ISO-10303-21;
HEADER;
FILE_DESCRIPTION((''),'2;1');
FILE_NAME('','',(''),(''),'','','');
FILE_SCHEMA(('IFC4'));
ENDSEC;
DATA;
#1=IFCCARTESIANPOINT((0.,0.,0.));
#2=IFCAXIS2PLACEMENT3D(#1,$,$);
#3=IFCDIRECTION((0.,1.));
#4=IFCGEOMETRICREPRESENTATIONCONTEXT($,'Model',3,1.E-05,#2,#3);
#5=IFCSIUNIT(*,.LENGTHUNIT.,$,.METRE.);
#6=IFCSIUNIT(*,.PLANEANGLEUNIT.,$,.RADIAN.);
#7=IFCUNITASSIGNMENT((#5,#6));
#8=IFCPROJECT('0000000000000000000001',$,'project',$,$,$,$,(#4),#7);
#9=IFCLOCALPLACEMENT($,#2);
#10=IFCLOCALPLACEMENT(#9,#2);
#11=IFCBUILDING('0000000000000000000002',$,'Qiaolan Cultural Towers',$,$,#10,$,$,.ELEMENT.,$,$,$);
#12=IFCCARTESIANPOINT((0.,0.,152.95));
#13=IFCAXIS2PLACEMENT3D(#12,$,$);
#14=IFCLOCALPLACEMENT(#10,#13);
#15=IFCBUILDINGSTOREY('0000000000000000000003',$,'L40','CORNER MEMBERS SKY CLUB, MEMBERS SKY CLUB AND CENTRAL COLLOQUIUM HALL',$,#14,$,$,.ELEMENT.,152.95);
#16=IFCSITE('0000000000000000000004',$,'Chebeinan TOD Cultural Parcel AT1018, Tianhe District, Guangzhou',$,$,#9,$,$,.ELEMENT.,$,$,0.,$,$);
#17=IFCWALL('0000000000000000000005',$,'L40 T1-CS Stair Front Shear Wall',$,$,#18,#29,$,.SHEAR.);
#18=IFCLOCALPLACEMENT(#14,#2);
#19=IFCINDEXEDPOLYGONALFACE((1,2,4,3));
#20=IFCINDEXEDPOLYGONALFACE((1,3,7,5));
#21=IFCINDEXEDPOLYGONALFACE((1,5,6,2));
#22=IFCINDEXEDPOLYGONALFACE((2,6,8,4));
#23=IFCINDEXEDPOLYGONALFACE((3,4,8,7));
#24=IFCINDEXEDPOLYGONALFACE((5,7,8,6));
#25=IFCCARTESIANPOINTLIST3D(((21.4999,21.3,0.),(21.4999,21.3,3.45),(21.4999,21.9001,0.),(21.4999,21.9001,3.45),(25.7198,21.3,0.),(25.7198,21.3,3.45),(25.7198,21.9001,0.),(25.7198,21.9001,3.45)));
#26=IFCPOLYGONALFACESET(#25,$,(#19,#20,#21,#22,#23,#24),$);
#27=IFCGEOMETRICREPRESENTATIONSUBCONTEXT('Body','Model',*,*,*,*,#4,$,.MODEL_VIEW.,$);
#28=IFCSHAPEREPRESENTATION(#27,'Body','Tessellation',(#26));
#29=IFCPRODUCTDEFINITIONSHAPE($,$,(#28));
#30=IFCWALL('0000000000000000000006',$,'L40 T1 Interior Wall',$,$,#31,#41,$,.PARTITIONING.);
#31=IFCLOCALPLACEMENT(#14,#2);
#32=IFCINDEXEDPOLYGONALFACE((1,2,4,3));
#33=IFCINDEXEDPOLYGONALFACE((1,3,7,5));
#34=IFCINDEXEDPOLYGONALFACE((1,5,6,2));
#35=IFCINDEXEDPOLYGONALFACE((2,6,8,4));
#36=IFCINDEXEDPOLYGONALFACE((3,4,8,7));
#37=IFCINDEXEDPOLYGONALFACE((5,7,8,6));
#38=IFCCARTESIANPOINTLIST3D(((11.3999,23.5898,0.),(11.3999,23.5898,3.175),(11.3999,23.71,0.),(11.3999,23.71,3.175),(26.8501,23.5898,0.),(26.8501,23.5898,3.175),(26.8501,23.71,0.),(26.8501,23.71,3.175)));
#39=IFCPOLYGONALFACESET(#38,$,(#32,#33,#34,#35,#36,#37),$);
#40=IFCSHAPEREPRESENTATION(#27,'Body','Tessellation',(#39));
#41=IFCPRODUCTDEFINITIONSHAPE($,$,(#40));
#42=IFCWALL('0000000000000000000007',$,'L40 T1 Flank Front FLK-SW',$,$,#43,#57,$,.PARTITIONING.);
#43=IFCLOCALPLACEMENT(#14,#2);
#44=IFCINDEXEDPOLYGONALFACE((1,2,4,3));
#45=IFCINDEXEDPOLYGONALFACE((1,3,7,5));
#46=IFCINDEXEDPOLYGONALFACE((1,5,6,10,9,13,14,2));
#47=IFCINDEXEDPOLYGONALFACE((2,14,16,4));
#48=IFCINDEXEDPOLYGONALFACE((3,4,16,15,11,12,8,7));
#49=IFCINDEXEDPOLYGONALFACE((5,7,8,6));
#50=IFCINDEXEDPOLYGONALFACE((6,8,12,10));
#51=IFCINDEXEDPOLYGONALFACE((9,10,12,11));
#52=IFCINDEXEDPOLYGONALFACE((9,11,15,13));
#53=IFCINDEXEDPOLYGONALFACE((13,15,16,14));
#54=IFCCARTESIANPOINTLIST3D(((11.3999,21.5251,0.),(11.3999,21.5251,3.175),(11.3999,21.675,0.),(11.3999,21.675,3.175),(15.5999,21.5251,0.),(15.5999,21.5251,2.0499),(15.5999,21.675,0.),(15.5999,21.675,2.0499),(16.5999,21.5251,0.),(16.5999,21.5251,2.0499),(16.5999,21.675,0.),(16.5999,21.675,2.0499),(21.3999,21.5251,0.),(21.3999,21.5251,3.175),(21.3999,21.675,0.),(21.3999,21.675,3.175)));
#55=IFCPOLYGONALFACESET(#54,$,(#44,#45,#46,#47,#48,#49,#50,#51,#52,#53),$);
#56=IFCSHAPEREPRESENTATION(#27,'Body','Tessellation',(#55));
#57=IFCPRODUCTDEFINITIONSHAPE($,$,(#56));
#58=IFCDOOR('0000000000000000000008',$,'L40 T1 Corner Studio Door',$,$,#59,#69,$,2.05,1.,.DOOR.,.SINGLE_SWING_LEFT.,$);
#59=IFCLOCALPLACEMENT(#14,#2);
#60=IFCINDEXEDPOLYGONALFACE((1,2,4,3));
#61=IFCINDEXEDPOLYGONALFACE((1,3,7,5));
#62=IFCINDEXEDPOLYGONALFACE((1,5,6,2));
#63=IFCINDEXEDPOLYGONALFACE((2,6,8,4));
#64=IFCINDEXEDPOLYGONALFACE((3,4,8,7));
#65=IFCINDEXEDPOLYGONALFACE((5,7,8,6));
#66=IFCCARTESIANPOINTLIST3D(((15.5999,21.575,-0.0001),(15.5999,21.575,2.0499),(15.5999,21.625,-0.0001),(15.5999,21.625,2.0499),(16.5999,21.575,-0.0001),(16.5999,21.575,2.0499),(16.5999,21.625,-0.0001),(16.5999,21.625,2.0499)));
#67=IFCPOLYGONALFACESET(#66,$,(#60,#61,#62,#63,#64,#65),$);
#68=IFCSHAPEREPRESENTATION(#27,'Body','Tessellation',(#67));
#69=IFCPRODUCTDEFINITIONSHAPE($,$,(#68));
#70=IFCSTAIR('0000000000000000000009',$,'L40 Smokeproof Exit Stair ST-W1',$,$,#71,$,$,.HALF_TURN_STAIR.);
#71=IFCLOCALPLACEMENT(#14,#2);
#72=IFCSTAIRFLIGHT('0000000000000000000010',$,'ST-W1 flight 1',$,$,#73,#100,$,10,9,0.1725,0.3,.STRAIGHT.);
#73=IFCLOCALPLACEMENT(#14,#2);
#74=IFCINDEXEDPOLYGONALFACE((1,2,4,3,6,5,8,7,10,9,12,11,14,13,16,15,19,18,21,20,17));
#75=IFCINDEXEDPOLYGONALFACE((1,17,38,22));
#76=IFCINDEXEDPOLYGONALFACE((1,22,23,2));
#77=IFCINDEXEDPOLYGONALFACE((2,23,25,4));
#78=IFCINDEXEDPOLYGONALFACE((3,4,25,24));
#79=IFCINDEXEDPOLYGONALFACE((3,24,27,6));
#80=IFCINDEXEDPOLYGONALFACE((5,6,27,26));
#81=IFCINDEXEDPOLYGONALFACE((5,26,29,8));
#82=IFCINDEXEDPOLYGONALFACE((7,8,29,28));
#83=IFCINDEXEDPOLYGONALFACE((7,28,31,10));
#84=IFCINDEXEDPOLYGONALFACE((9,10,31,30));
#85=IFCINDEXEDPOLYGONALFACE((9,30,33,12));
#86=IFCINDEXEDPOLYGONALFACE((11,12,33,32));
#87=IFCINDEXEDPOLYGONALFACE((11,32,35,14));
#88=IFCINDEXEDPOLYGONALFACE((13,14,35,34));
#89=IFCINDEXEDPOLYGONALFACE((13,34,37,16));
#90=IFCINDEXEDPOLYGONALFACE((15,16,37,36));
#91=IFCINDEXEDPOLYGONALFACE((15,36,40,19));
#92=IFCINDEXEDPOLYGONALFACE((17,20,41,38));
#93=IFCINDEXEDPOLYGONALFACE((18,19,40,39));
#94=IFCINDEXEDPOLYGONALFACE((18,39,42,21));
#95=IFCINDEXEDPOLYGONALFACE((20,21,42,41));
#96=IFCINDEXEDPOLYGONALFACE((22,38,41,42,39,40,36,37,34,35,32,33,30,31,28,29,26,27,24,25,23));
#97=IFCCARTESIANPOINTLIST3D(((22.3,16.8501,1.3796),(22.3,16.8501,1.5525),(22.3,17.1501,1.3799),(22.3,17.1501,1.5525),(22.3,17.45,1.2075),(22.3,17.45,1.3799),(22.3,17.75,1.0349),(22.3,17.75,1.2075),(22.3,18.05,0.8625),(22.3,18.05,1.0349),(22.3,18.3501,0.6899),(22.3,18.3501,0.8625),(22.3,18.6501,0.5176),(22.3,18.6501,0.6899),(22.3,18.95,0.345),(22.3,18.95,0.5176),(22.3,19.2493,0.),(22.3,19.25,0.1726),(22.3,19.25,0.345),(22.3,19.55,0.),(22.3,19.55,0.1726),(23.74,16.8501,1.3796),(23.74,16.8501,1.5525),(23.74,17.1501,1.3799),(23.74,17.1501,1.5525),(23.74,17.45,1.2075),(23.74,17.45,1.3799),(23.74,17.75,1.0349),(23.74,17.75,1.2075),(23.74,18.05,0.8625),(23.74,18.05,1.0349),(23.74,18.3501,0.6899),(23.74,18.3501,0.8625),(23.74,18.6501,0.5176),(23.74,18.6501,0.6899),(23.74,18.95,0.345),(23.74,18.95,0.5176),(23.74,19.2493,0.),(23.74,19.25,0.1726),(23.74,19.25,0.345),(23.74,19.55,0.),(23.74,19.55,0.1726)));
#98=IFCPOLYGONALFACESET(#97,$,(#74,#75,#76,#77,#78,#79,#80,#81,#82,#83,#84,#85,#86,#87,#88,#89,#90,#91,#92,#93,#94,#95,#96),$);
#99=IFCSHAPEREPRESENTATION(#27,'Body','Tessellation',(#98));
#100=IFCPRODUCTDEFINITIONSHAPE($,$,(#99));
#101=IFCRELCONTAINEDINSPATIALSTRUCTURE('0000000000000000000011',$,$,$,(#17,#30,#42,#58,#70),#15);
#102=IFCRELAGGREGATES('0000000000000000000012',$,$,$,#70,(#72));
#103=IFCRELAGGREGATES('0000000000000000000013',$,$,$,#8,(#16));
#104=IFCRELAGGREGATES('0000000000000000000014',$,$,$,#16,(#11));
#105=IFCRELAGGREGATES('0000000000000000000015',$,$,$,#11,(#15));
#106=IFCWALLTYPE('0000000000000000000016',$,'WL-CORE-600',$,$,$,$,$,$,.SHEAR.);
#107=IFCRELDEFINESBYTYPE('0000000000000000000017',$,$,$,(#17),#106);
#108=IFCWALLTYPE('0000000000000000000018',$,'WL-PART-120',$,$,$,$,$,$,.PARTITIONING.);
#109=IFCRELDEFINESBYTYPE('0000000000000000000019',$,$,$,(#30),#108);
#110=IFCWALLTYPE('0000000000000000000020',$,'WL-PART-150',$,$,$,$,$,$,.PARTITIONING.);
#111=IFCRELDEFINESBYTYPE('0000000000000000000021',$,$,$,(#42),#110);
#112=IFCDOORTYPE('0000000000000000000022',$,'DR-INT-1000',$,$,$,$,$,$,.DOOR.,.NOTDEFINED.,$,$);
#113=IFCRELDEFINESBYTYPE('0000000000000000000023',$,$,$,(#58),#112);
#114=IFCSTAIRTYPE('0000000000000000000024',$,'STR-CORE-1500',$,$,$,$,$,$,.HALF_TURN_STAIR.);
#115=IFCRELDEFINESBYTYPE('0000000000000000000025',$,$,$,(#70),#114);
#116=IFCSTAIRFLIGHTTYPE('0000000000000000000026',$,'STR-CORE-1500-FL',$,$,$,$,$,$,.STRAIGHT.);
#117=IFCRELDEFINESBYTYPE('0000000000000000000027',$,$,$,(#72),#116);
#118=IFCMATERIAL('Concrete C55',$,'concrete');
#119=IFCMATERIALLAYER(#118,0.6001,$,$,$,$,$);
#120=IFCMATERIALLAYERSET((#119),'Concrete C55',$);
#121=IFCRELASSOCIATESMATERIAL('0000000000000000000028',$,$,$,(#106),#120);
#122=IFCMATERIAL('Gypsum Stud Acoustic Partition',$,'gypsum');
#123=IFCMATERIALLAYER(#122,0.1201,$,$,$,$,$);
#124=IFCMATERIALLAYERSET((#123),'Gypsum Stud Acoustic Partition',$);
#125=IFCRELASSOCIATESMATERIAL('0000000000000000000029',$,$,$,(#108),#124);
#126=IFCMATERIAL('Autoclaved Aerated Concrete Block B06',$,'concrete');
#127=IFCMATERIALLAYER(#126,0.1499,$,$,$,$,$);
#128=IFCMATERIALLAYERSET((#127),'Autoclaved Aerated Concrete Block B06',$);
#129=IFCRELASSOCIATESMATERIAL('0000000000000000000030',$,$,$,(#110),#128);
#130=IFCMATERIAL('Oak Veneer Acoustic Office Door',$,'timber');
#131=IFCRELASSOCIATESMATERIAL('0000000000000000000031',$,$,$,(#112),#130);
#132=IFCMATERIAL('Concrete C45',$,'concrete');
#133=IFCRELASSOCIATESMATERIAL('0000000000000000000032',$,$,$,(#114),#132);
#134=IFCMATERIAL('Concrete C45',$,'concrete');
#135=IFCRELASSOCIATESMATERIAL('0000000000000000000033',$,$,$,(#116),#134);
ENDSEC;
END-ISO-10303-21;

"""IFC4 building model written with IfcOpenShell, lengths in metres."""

from ifc_helpers import new_model, si_unit, direction, frame, frame_2d, origin, place, context, subcontext, project, spatial, polyline, rectangle, outline, extrude, material, layer, layer_set, type_object, element, fill, aggregate, save


model = new_model("IFC4")

# Units and contexts
model_context = context("Model", 3, precision=1e-05, world=origin(), true_north=direction((0.0, 1.0)))
body_context = subcontext(model_context, "Body", "Model", "MODEL_VIEW")
ifc_project = project(units=[si_unit("LENGTHUNIT", "METRE"), si_unit("PLANEANGLEUNIT", "RADIAN")], contexts=[model_context])

# Site, building, storey
site_placement = place(None, origin())
site = spatial("IfcSite", under=ifc_project, at=site_placement, Name="Chebeinan TOD Cultural Parcel AT1018, Tianhe District, Guangzhou", CompositionType="ELEMENT", RefElevation=0.0)
building_placement = place(site_placement, origin())
building = spatial("IfcBuilding", under=site, at=building_placement, Name="Qiaolan Cultural Towers", CompositionType="ELEMENT")
storey_placement = place(building_placement, frame((0.0, 0.0, 152.95)))
storey = spatial("IfcBuildingStorey", under=building, at=storey_placement, Name="L40", Description="CORNER MEMBERS SKY CLUB, MEMBERS SKY CLUB AND CENTRAL COLLOQUIUM HALL", CompositionType="ELEMENT", Elevation=152.95)

# Walls
ifc_material_1 = material(Name="Concrete C55", Category="concrete")
ifc_layer_1 = layer(ifc_material_1, 0.6001)
ifc_layer_set_1 = layer_set([ifc_layer_1], Name="Concrete C55")
wall_type_1 = type_object("IfcWallType", Name="WL-CORE-600", PredefinedType="SHEAR", material=ifc_layer_set_1)
wall_1_placement = place(storey_placement, frame((21.5, 21.6001, 0.0), z_axis=(0.0, 0.0, 1.0), x_axis=(1.0, 0.0, 0.0)))
element("IfcWall", 1, at=wall_1_placement, inside=storey, type_object=wall_type_1, Name="L40 T1-CS Stair Front Shear Wall", PredefinedType="SHEAR", context=body_context, shape_type="SweptSolid", body=[
    extrude(rectangle(XDim=4.22, YDim=0.6001, at=frame_2d((2.1099, 0.0))), origin(), (0.0, 0.0, 1.0), 3.45),
])
ifc_material_2 = material(Name="Gypsum Stud Acoustic Partition", Category="gypsum")
ifc_layer_2 = layer(ifc_material_2, 0.1201)
ifc_layer_set_2 = layer_set([ifc_layer_2], Name="Gypsum Stud Acoustic Partition")
wall_type_2 = type_object("IfcWallType", Name="WL-PART-120", PredefinedType="PARTITIONING", material=ifc_layer_set_2)
wall_2_placement = place(storey_placement, frame((11.3999, 23.6499, 0.0), z_axis=(0.0, 0.0, 1.0), x_axis=(1.0, 0.0, 0.0)))
element("IfcWall", 2, at=wall_2_placement, inside=storey, type_object=wall_type_2, Name="L40 T1 Interior Wall", PredefinedType="PARTITIONING", context=body_context, shape_type="SweptSolid", body=[
    extrude(rectangle(XDim=15.4502, YDim=0.1201, at=frame_2d((7.7251, 0.0))), origin(), (0.0, 0.0, 1.0), 3.175),
])

# Wall, opening, door
ifc_material_3 = material(Name="Autoclaved Aerated Concrete Block B06", Category="concrete")
ifc_layer_3 = layer(ifc_material_3, 0.1499)
ifc_layer_set_3 = layer_set([ifc_layer_3], Name="Autoclaved Aerated Concrete Block B06")
wall_type_3 = type_object("IfcWallType", Name="WL-PART-150", PredefinedType="PARTITIONING", material=ifc_layer_set_3)
wall_3_placement = place(storey_placement, frame((11.3999, 21.6001, 0.0), z_axis=(0.0, 0.0, 1.0), x_axis=(1.0, 0.0, 0.0)))
wall_3 = element("IfcWall", 3, at=wall_3_placement, inside=storey, type_object=wall_type_3, Name="L40 T1 Flank Front FLK-SW", PredefinedType="PARTITIONING", context=body_context, shape_type="SweptSolid", body=[
    extrude(rectangle(XDim=10.0, YDim=0.1499, at=frame_2d((5.0, 0.0))), origin(), (0.0, 0.0, 1.0), 3.175),
])
opening_placement = place(wall_3_placement, frame((4.2, 0.0, 0.0)))
opening = element("IfcOpeningElement", 4, at=opening_placement, cuts=wall_3, PredefinedType="OPENING", context=body_context, shape_type="SweptSolid", body=[
    extrude(rectangle(XDim=1.0, YDim=2.05, at=frame_2d((0.5, 1.0249))), frame((0.0, 0.085, 0.0), z_axis=(0.0, -1.0, 0.0), x_axis=(1.0, 0.0, 0.0)), (0.0, 0.0, 1.0), 0.1699),
])
ifc_material_4 = material(Name="Oak Veneer Acoustic Office Door", Category="timber")
door_type = type_object("IfcDoorType", Name="DR-INT-1000", OperationType="NOTDEFINED", PredefinedType="DOOR", material=ifc_material_4)
door_placement = place(opening_placement, origin())
door = element("IfcDoor", 5, at=door_placement, inside=storey, type_object=door_type, Name="L40 T1 Corner Studio Door", OperationType="SINGLE_SWING_LEFT", OverallHeight=2.05, OverallWidth=1.0, PredefinedType="DOOR", context=body_context, shape_type="SweptSolid", body=[
    extrude(rectangle(XDim=1.0, YDim=2.05, at=frame_2d((0.5, 1.0249))), frame((0.0, 0.0249, 0.0), z_axis=(0.0, -1.0, 0.0), x_axis=(1.0, 0.0, 0.0)), (0.0, 0.0, 1.0), 0.05),
])
fill(opening, door)

# Stair, stair flight
ifc_material_5 = material(Name="Concrete C45", Category="concrete")
stair_type = type_object("IfcStairType", Name="STR-CORE-1500", PredefinedType="HALF_TURN_STAIR", material=ifc_material_5)
stair_placement = place(storey_placement, origin())
stair = element("IfcStair", 6, at=stair_placement, inside=storey, type_object=stair_type, Name="L40 Smokeproof Exit Stair ST-W1", PredefinedType="HALF_TURN_STAIR")
ifc_material_6 = material(Name="Concrete C45", Category="concrete")
stair_flight_type = type_object("IfcStairFlightType", Name="STR-CORE-1500-FL", PredefinedType="STRAIGHT", material=ifc_material_6)
stair_flight_placement = place(storey_placement, frame((23.02, 19.55, 0.0), z_axis=(0.0, 0.0, 1.0), x_axis=(0.0, -1.0, 0.0)))
stair_flight = element("IfcStairFlight", 7, at=stair_flight_placement, type_object=stair_flight_type, Name="ST-W1 flight 1", NumberOfRisers=10, NumberOfTreads=9, PredefinedType="STRAIGHT", RiserHeight=0.1725, TreadLength=0.3, context=body_context, shape_type="SweptSolid", body=[
    extrude(outline(polyline([(0.0, 0.0), (0.0, 0.1726), (0.3, 0.1726), (0.3, 0.345), (0.6001, 0.345), (0.6001, 0.5176), (0.8999, 0.5176), (0.8999, 0.6899), (1.2, 0.6899), (1.2, 0.8625), (1.5, 0.8625), (1.5, 1.0349), (1.8, 1.0349), (1.8, 1.2075), (2.1001, 1.2075), (2.1001, 1.3799), (2.3999, 1.3799), (2.3999, 1.5525), (2.7, 1.5525), (2.7, 1.7251), (2.7, 1.3796), (0.3008, 0.0), (0.0, 0.0)])), frame((0.0, 0.72, 0.0), z_axis=(0.0, -1.0, 0.0), x_axis=(1.0, 0.0, 0.0)), (0.0, 0.0, 1.0), 1.4399),
])
aggregate(stair, [stair_flight])

save(model, "model.ifc")
